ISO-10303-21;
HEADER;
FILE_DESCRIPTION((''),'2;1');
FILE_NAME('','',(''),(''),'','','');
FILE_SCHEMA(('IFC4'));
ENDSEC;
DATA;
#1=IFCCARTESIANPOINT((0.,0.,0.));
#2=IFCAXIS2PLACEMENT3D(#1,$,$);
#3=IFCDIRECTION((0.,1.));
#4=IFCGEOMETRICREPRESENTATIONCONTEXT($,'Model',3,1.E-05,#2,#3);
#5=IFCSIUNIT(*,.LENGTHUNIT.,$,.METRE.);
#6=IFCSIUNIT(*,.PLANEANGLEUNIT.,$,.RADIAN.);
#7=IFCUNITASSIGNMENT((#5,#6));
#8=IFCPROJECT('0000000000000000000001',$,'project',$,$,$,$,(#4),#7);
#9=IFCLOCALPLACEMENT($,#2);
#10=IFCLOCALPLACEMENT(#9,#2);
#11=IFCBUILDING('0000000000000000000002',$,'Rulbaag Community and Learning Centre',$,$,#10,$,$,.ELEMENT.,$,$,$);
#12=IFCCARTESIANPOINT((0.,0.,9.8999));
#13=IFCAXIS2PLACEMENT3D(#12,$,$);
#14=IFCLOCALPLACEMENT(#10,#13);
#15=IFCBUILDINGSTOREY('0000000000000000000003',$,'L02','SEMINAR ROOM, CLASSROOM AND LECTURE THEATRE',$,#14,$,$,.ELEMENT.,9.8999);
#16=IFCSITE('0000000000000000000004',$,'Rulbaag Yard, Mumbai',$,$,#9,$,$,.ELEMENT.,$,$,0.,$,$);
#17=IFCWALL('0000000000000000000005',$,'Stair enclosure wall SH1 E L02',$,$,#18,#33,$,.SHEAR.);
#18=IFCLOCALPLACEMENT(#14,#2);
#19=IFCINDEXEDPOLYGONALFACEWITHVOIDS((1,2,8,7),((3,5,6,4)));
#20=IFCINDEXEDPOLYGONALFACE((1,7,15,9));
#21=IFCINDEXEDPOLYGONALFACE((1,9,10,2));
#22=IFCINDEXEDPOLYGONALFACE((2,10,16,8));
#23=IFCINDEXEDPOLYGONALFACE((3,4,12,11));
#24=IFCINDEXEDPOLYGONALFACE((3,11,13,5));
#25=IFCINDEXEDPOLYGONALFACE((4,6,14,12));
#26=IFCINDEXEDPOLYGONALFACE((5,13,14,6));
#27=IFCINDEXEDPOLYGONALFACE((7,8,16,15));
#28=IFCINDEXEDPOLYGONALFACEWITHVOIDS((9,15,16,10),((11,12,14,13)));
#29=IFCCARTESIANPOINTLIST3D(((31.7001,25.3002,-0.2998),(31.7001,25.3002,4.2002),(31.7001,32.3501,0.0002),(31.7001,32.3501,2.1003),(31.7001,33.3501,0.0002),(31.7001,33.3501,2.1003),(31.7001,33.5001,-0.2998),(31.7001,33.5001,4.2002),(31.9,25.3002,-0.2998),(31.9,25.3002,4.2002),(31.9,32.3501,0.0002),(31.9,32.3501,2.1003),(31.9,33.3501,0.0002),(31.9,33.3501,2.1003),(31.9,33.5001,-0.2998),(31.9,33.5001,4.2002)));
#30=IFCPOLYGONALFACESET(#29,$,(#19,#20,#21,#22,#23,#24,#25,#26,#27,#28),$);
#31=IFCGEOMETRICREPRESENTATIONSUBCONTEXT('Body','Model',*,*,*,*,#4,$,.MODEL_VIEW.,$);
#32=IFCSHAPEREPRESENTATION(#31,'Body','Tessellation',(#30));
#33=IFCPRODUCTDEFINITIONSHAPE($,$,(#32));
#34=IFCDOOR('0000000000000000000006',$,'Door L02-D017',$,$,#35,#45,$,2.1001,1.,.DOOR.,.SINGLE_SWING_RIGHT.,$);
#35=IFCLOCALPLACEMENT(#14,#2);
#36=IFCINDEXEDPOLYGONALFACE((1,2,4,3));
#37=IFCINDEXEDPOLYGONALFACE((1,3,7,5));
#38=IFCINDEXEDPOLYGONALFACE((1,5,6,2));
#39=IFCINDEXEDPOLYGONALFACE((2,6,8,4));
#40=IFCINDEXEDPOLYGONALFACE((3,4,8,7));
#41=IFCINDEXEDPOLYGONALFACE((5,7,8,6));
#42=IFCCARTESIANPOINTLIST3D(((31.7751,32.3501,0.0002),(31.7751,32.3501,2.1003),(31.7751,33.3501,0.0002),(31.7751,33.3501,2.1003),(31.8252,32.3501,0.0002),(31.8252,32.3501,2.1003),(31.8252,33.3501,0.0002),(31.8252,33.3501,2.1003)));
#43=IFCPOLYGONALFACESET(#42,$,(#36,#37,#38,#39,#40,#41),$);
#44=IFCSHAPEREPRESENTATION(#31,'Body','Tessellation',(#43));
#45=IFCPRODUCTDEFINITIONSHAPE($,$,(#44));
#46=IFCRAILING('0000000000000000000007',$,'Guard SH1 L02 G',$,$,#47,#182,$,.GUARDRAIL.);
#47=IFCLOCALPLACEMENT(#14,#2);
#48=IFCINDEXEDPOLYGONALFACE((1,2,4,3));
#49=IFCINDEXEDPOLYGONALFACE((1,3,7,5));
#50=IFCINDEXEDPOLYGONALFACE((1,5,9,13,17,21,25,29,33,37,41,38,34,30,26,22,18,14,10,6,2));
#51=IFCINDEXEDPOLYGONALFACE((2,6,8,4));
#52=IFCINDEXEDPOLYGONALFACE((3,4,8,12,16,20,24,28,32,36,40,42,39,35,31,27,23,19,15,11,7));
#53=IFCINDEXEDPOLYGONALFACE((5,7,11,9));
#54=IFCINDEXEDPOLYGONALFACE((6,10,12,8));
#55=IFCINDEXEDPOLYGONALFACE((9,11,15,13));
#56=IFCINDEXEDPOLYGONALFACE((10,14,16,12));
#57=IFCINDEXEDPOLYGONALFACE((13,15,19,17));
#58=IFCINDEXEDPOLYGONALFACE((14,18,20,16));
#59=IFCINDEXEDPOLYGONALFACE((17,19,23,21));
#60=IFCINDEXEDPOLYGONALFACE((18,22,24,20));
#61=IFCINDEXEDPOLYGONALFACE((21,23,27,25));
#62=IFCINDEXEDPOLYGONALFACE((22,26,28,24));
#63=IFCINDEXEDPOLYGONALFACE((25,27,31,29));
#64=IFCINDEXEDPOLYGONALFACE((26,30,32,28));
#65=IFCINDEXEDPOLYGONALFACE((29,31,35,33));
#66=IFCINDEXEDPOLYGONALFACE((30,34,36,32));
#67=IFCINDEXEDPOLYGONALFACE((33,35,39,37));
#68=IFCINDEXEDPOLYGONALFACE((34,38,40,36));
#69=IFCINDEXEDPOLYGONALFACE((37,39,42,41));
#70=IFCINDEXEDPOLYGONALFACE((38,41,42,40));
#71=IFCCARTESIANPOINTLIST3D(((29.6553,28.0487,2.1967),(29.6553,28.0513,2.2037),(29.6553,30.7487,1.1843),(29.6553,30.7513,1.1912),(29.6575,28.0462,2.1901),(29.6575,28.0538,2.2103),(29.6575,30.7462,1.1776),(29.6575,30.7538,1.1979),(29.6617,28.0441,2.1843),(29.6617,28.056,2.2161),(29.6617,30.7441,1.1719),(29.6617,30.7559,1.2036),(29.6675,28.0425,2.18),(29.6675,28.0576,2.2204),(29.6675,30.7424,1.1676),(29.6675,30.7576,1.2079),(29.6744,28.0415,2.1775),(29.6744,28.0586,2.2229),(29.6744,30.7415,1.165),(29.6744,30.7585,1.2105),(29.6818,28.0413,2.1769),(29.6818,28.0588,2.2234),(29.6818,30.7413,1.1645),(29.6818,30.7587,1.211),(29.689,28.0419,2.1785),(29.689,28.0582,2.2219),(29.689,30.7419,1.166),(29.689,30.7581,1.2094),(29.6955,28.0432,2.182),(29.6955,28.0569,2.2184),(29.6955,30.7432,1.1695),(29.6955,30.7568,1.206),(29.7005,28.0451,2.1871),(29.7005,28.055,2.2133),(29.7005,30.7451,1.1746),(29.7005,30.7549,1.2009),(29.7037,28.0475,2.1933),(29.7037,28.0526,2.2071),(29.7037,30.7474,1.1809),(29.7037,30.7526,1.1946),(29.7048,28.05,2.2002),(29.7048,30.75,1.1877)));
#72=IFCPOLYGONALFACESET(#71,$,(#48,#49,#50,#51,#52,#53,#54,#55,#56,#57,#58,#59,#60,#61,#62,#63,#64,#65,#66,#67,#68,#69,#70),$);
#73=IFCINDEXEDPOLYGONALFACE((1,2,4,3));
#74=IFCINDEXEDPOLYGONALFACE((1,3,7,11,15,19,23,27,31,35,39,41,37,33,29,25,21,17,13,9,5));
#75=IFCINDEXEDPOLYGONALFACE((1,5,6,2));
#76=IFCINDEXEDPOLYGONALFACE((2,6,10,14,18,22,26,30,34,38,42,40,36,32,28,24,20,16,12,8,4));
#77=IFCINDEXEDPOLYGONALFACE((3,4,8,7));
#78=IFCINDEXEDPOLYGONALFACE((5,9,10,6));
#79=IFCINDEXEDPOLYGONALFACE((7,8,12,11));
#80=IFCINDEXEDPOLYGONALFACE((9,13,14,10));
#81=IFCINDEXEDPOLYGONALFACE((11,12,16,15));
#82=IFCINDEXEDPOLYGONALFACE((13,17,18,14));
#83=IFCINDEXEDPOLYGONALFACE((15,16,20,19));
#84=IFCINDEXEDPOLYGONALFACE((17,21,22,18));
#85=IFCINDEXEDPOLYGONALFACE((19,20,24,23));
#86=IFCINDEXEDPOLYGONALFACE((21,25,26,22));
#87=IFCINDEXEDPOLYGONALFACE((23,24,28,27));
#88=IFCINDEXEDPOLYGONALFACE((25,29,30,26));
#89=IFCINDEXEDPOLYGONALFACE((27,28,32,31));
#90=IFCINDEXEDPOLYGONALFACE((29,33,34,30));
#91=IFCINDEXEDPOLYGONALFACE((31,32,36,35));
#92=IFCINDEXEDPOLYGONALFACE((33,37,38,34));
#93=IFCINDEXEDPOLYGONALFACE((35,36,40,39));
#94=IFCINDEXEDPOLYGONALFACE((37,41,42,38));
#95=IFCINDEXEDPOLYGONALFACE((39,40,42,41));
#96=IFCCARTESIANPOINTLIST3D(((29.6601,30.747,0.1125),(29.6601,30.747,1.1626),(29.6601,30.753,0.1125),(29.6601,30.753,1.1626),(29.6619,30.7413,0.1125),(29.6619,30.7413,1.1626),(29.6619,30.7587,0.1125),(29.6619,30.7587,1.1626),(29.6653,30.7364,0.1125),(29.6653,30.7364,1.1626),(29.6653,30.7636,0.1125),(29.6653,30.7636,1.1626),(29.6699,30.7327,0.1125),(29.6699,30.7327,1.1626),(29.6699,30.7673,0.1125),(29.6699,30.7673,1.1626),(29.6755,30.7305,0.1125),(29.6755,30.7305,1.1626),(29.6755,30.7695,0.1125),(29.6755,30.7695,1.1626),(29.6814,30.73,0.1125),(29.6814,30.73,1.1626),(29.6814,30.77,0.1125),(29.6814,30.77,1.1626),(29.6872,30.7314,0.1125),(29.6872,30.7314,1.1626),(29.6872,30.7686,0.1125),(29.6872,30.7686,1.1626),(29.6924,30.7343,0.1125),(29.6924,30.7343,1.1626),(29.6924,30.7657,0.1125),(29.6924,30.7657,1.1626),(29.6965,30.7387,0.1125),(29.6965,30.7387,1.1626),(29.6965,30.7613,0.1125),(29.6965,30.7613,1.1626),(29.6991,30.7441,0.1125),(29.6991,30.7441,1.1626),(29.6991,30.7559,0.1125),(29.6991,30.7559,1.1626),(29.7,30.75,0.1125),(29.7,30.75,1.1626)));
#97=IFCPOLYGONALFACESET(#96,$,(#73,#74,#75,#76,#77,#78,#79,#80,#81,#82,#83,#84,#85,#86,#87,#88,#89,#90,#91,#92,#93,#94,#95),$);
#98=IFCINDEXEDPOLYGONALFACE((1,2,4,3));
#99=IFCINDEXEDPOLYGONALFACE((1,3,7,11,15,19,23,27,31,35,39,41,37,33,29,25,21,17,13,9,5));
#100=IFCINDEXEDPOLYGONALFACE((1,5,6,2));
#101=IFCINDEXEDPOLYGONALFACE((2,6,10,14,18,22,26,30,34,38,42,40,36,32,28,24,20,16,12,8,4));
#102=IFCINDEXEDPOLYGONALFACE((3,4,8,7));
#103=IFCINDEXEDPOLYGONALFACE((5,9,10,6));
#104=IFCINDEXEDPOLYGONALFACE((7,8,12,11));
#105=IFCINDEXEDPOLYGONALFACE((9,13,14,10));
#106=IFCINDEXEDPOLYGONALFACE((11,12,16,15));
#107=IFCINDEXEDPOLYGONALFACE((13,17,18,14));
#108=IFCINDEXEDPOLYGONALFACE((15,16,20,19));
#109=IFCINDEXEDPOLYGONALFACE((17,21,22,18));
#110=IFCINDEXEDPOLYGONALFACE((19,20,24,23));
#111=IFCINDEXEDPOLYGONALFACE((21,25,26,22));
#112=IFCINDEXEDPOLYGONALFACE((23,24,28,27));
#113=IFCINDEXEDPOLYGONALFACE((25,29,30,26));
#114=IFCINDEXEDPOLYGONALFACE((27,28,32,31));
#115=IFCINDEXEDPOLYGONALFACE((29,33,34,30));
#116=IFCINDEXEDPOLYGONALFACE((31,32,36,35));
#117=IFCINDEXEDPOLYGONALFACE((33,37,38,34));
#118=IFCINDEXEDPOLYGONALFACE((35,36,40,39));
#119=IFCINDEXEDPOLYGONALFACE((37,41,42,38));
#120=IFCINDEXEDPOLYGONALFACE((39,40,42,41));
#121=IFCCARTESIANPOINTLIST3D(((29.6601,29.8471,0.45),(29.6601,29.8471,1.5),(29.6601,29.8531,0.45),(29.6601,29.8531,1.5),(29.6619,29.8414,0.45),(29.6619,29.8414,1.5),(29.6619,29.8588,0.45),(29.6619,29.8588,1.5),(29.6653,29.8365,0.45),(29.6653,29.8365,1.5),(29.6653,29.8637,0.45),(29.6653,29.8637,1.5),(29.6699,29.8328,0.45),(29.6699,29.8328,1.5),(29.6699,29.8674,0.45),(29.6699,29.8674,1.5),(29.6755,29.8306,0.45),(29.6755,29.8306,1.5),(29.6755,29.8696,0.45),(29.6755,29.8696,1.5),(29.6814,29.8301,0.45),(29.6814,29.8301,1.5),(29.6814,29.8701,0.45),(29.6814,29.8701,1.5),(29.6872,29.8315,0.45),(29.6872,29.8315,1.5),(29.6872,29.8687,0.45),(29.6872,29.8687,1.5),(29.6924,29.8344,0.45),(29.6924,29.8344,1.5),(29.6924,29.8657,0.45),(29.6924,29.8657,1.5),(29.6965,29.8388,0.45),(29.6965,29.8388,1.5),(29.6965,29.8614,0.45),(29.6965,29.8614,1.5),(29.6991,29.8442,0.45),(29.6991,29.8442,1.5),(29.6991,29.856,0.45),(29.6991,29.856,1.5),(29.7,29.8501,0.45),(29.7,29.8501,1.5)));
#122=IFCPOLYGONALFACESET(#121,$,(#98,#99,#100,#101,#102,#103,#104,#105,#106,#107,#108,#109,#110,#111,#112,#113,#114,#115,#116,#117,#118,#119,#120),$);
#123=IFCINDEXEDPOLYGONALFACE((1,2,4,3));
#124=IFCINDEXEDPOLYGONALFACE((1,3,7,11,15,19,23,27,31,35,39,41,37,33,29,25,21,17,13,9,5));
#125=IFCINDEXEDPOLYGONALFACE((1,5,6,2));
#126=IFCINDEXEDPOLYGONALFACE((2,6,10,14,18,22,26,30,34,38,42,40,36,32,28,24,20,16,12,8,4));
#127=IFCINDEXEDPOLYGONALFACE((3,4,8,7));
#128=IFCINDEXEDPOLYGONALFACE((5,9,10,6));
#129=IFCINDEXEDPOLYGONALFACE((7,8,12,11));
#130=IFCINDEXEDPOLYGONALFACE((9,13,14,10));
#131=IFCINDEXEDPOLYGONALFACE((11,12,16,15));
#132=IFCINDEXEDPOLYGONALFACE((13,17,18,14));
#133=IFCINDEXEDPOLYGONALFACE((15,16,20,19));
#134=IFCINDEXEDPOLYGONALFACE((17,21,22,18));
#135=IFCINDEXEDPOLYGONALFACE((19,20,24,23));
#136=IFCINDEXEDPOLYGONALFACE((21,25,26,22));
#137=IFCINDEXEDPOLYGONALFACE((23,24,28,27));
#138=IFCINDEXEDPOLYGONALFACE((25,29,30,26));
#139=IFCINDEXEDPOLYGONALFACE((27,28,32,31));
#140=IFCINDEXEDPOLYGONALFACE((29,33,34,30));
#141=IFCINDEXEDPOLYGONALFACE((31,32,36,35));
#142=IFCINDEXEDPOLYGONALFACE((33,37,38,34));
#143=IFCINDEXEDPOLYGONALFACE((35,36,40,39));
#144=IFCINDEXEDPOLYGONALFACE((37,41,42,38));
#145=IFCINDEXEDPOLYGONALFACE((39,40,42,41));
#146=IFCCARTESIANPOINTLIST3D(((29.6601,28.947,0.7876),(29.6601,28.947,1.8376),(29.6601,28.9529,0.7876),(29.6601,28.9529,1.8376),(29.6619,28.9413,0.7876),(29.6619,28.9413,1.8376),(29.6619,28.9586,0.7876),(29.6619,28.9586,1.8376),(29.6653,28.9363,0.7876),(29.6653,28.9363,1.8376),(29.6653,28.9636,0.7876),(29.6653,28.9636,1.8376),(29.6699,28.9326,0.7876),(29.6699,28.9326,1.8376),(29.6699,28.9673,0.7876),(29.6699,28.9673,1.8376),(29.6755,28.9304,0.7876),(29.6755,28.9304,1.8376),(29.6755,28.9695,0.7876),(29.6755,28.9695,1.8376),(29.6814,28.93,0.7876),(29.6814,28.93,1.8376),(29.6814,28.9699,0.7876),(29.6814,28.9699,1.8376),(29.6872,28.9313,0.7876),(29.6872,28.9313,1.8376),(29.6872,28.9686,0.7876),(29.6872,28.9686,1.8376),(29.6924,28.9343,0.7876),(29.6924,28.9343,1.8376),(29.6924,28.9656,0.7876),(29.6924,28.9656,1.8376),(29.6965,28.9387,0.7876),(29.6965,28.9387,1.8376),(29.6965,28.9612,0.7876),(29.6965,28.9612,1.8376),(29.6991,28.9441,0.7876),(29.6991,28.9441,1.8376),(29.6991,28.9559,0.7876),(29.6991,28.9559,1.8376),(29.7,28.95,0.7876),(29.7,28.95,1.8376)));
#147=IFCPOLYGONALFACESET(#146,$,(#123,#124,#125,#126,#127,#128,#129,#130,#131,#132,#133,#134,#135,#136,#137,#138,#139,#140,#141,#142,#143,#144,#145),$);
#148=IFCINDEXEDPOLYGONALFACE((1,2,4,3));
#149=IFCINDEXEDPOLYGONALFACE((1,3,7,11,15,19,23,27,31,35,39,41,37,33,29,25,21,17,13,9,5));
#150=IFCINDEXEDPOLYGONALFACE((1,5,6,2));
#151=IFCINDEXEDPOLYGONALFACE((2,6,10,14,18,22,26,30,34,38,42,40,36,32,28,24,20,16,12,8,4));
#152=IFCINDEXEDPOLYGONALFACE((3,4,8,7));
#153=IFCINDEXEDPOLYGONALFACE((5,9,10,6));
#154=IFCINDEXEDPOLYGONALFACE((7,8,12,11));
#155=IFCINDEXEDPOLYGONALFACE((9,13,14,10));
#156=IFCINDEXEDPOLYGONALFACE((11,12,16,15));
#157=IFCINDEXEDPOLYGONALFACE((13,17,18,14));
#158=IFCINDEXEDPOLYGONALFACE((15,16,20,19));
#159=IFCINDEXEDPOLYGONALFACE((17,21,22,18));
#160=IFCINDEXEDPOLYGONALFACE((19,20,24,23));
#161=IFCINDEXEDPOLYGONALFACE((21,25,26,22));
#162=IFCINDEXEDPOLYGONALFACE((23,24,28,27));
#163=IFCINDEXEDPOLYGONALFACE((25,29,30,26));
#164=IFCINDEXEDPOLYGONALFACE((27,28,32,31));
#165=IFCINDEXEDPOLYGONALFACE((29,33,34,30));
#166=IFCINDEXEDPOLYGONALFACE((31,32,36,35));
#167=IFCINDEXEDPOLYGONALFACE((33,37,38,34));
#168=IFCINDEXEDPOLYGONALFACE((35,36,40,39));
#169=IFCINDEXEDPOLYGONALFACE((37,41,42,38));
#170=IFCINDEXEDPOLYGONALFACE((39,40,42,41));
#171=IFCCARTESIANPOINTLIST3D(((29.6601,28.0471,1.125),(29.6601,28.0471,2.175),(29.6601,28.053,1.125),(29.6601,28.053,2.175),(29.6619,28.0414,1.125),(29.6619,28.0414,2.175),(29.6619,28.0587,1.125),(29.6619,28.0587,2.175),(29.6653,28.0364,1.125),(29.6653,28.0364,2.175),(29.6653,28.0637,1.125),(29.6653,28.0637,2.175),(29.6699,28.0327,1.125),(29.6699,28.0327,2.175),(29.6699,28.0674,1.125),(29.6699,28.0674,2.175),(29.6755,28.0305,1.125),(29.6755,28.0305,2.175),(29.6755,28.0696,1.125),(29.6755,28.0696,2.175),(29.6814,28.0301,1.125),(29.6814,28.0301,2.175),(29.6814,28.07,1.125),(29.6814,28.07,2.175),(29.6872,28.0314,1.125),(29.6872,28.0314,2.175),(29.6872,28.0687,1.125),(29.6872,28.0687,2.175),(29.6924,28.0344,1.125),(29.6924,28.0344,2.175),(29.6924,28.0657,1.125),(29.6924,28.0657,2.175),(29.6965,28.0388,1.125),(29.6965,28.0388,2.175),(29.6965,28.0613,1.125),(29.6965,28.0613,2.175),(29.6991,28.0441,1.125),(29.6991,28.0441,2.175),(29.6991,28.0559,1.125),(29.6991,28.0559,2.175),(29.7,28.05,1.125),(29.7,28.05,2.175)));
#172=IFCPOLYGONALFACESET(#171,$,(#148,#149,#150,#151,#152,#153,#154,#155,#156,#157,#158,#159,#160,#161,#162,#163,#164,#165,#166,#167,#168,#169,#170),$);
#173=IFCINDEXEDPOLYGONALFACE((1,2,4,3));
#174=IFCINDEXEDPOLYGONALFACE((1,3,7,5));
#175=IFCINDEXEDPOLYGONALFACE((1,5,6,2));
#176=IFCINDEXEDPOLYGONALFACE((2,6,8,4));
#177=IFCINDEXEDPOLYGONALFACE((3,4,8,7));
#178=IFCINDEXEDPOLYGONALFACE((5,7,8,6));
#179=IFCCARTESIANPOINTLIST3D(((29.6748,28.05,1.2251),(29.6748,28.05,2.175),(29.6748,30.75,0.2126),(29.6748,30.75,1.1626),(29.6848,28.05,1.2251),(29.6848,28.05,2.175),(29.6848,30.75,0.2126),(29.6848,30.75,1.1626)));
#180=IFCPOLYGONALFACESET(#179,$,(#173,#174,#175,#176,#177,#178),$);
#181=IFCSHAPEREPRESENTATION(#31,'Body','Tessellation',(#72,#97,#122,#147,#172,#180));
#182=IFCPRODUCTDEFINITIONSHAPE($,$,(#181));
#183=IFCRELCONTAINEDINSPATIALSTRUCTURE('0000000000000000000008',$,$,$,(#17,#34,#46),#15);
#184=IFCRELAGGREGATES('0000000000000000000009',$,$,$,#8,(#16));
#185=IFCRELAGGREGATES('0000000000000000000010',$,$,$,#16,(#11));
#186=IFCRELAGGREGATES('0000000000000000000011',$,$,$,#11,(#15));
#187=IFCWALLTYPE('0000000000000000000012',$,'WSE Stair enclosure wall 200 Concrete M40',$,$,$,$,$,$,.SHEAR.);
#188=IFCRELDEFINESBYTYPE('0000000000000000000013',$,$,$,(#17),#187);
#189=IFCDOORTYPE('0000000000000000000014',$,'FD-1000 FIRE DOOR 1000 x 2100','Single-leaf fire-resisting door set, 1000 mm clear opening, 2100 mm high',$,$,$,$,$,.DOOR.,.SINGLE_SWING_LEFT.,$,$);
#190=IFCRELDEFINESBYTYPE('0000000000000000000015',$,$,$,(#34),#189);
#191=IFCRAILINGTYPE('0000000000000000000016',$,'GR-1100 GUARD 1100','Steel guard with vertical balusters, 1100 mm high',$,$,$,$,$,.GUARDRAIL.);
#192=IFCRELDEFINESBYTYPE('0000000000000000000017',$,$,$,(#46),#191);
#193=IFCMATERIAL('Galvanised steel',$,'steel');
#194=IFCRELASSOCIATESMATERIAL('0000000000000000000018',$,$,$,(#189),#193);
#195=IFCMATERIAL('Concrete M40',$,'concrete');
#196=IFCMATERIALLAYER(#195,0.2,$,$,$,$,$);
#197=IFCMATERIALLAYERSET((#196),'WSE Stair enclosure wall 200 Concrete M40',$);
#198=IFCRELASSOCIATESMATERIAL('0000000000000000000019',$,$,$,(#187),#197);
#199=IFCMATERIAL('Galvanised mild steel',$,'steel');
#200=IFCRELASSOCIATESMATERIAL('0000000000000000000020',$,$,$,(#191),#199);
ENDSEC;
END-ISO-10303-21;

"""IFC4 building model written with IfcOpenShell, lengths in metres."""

from ifc_helpers import new_model, si_unit, direction, frame, frame_2d, origin, origin_2d, place, context, subcontext, project, spatial, polyline, rectangle, circle, outline, extrude, material, layer, layer_set, type_object, element, fill, save


model = new_model("IFC4")

# Units and contexts
model_context = context("Model", 3, precision=1e-05, world=origin(), true_north=direction((0.0, 1.0)))
body_context = subcontext(model_context, "Body", "Model", "MODEL_VIEW")
ifc_project = project(units=[si_unit("LENGTHUNIT", "METRE"), si_unit("PLANEANGLEUNIT", "RADIAN")], contexts=[model_context])

# Site, building, storey
site_placement = place(None, origin())
site = spatial("IfcSite", under=ifc_project, at=site_placement, Name="Rulbaag Yard, Mumbai", CompositionType="ELEMENT", RefElevation=0.0)
building_placement = place(site_placement, origin())
building = spatial("IfcBuilding", under=site, at=building_placement, Name="Rulbaag Community and Learning Centre", CompositionType="ELEMENT")
storey_placement = place(building_placement, frame((0.0, 0.0, 9.8999)))
storey = spatial("IfcBuildingStorey", under=building, at=storey_placement, Name="L02", Description="SEMINAR ROOM, CLASSROOM AND LECTURE THEATRE", CompositionType="ELEMENT", Elevation=9.8999)

# Shared definitions
ifc_material_1 = material(Name="Concrete M40", Category="concrete")

# Shared definitions
ifc_material_2 = material(Name="Galvanised steel", Category="steel")
door_type_1 = type_object("IfcDoorType", Name="FD-1000 FIRE DOOR 1000 x 2100", Description="Single-leaf fire-resisting door set, 1000 mm clear opening, 2100 mm high", OperationType="SINGLE_SWING_LEFT", PredefinedType="DOOR", material=ifc_material_2)

# Shared definitions
ifc_layer_1 = layer(ifc_material_1, 0.2)
ifc_layer_set_1 = layer_set([ifc_layer_1], Name="WSE Stair enclosure wall 200 Concrete M40")
wall_type_1 = type_object("IfcWallType", Name="WSE Stair enclosure wall 200 Concrete M40", PredefinedType="SHEAR", material=ifc_layer_set_1)

# Wall, opening, door
wall_1_placement = place(storey_placement, frame((31.8, 25.3, -0.2998), z_axis=(0.0, 0.0, 1.0), x_axis=(0.0, 1.0, 0.0)))
wall_1 = element("IfcWall", 1, at=wall_1_placement, inside=storey, type_object=wall_type_1, Name="Stair enclosure wall SH1 E L02", PredefinedType="SHEAR", context=body_context, shape_type="SweptSolid", body=[
    extrude(rectangle(XDim=8.2, YDim=0.2, at=frame_2d((4.1001, 0.0))), origin(), (0.0, 0.0, 1.0), 4.5),
])
opening_1_placement = place(wall_1_placement, frame((7.05, 0.0, 0.3)))
opening_1 = element("IfcOpeningElement", 2, at=opening_1_placement, cuts=wall_1, PredefinedType="OPENING", context=body_context, shape_type="SweptSolid", body=[
    extrude(rectangle(XDim=1.0, YDim=2.1001, at=frame_2d((0.5, 1.05))), frame((0.0, 0.1099, 0.0), z_axis=(0.0, -1.0, 0.0), x_axis=(1.0, 0.0, 0.0)), (0.0, 0.0, 1.0), 0.22),
])
door_1_placement = place(opening_1_placement, origin())
door_1 = element("IfcDoor", 3, at=door_1_placement, inside=storey, type_object=door_type_1, Name="Door L02-D017", OperationType="SINGLE_SWING_RIGHT", OverallHeight=2.1001, OverallWidth=1.0, PredefinedType="DOOR", context=body_context, shape_type="SweptSolid", body=[
    extrude(rectangle(XDim=1.0, YDim=2.1001, at=frame_2d((0.5, 1.05))), frame((0.0, 0.0249, 0.0), z_axis=(0.0, -1.0, 0.0), x_axis=(1.0, 0.0, 0.0)), (0.0, 0.0, 1.0), 0.05),
])
fill(opening_1, door_1)

# Railing
ifc_material_3 = material(Name="Galvanised mild steel", Category="steel")
railing_type_1 = type_object("IfcRailingType", Name="GR-1100 GUARD 1100", Description="Steel guard with vertical balusters, 1100 mm high", PredefinedType="GUARDRAIL", material=ifc_material_3)
railing_1_placement = place(storey_placement, frame((29.6799, 30.75, 0.1125)))
element("IfcRailing", 4, at=railing_1_placement, inside=storey, type_object=railing_type_1, Name="Guard SH1 L02 G", PredefinedType="GUARDRAIL", context=body_context, shape_type="SweptSolid", body=[
    extrude(circle(Radius=0.0249, at=origin_2d()), frame((0.0, 0.0, 1.0752), z_axis=(0.0, -0.936333, 0.351114), x_axis=(1.0, 0.0, 0.0)), (0.0, 0.0, 1.0), 2.8835),
    extrude(circle(Radius=0.02, at=origin_2d()), origin(), (0.0, 0.0, 1.0), 1.05),
    extrude(circle(Radius=0.02, at=origin_2d()), frame((0.0, -0.8999, 0.3374)), (0.0, 0.0, 1.0), 1.05),
    extrude(circle(Radius=0.02, at=origin_2d()), frame((0.0, -1.8, 0.675)), (0.0, 0.0, 1.0), 1.05),
    extrude(circle(Radius=0.02, at=origin_2d()), frame((0.0, -2.7, 1.0125)), (0.0, 0.0, 1.0), 1.05),
    extrude(outline(polyline([(0.0, 0.0), (2.7, 1.0125), (2.7, 1.9624), (0.0, 0.95), (0.0, 0.0)])), frame((0.0049, 0.0, 0.1001), z_axis=(-1.0, 0.0, 0.0), x_axis=(0.0, -1.0, 0.0)), (0.0, 0.0, 1.0), 0.01),
])

save(model, "model.ifc")
